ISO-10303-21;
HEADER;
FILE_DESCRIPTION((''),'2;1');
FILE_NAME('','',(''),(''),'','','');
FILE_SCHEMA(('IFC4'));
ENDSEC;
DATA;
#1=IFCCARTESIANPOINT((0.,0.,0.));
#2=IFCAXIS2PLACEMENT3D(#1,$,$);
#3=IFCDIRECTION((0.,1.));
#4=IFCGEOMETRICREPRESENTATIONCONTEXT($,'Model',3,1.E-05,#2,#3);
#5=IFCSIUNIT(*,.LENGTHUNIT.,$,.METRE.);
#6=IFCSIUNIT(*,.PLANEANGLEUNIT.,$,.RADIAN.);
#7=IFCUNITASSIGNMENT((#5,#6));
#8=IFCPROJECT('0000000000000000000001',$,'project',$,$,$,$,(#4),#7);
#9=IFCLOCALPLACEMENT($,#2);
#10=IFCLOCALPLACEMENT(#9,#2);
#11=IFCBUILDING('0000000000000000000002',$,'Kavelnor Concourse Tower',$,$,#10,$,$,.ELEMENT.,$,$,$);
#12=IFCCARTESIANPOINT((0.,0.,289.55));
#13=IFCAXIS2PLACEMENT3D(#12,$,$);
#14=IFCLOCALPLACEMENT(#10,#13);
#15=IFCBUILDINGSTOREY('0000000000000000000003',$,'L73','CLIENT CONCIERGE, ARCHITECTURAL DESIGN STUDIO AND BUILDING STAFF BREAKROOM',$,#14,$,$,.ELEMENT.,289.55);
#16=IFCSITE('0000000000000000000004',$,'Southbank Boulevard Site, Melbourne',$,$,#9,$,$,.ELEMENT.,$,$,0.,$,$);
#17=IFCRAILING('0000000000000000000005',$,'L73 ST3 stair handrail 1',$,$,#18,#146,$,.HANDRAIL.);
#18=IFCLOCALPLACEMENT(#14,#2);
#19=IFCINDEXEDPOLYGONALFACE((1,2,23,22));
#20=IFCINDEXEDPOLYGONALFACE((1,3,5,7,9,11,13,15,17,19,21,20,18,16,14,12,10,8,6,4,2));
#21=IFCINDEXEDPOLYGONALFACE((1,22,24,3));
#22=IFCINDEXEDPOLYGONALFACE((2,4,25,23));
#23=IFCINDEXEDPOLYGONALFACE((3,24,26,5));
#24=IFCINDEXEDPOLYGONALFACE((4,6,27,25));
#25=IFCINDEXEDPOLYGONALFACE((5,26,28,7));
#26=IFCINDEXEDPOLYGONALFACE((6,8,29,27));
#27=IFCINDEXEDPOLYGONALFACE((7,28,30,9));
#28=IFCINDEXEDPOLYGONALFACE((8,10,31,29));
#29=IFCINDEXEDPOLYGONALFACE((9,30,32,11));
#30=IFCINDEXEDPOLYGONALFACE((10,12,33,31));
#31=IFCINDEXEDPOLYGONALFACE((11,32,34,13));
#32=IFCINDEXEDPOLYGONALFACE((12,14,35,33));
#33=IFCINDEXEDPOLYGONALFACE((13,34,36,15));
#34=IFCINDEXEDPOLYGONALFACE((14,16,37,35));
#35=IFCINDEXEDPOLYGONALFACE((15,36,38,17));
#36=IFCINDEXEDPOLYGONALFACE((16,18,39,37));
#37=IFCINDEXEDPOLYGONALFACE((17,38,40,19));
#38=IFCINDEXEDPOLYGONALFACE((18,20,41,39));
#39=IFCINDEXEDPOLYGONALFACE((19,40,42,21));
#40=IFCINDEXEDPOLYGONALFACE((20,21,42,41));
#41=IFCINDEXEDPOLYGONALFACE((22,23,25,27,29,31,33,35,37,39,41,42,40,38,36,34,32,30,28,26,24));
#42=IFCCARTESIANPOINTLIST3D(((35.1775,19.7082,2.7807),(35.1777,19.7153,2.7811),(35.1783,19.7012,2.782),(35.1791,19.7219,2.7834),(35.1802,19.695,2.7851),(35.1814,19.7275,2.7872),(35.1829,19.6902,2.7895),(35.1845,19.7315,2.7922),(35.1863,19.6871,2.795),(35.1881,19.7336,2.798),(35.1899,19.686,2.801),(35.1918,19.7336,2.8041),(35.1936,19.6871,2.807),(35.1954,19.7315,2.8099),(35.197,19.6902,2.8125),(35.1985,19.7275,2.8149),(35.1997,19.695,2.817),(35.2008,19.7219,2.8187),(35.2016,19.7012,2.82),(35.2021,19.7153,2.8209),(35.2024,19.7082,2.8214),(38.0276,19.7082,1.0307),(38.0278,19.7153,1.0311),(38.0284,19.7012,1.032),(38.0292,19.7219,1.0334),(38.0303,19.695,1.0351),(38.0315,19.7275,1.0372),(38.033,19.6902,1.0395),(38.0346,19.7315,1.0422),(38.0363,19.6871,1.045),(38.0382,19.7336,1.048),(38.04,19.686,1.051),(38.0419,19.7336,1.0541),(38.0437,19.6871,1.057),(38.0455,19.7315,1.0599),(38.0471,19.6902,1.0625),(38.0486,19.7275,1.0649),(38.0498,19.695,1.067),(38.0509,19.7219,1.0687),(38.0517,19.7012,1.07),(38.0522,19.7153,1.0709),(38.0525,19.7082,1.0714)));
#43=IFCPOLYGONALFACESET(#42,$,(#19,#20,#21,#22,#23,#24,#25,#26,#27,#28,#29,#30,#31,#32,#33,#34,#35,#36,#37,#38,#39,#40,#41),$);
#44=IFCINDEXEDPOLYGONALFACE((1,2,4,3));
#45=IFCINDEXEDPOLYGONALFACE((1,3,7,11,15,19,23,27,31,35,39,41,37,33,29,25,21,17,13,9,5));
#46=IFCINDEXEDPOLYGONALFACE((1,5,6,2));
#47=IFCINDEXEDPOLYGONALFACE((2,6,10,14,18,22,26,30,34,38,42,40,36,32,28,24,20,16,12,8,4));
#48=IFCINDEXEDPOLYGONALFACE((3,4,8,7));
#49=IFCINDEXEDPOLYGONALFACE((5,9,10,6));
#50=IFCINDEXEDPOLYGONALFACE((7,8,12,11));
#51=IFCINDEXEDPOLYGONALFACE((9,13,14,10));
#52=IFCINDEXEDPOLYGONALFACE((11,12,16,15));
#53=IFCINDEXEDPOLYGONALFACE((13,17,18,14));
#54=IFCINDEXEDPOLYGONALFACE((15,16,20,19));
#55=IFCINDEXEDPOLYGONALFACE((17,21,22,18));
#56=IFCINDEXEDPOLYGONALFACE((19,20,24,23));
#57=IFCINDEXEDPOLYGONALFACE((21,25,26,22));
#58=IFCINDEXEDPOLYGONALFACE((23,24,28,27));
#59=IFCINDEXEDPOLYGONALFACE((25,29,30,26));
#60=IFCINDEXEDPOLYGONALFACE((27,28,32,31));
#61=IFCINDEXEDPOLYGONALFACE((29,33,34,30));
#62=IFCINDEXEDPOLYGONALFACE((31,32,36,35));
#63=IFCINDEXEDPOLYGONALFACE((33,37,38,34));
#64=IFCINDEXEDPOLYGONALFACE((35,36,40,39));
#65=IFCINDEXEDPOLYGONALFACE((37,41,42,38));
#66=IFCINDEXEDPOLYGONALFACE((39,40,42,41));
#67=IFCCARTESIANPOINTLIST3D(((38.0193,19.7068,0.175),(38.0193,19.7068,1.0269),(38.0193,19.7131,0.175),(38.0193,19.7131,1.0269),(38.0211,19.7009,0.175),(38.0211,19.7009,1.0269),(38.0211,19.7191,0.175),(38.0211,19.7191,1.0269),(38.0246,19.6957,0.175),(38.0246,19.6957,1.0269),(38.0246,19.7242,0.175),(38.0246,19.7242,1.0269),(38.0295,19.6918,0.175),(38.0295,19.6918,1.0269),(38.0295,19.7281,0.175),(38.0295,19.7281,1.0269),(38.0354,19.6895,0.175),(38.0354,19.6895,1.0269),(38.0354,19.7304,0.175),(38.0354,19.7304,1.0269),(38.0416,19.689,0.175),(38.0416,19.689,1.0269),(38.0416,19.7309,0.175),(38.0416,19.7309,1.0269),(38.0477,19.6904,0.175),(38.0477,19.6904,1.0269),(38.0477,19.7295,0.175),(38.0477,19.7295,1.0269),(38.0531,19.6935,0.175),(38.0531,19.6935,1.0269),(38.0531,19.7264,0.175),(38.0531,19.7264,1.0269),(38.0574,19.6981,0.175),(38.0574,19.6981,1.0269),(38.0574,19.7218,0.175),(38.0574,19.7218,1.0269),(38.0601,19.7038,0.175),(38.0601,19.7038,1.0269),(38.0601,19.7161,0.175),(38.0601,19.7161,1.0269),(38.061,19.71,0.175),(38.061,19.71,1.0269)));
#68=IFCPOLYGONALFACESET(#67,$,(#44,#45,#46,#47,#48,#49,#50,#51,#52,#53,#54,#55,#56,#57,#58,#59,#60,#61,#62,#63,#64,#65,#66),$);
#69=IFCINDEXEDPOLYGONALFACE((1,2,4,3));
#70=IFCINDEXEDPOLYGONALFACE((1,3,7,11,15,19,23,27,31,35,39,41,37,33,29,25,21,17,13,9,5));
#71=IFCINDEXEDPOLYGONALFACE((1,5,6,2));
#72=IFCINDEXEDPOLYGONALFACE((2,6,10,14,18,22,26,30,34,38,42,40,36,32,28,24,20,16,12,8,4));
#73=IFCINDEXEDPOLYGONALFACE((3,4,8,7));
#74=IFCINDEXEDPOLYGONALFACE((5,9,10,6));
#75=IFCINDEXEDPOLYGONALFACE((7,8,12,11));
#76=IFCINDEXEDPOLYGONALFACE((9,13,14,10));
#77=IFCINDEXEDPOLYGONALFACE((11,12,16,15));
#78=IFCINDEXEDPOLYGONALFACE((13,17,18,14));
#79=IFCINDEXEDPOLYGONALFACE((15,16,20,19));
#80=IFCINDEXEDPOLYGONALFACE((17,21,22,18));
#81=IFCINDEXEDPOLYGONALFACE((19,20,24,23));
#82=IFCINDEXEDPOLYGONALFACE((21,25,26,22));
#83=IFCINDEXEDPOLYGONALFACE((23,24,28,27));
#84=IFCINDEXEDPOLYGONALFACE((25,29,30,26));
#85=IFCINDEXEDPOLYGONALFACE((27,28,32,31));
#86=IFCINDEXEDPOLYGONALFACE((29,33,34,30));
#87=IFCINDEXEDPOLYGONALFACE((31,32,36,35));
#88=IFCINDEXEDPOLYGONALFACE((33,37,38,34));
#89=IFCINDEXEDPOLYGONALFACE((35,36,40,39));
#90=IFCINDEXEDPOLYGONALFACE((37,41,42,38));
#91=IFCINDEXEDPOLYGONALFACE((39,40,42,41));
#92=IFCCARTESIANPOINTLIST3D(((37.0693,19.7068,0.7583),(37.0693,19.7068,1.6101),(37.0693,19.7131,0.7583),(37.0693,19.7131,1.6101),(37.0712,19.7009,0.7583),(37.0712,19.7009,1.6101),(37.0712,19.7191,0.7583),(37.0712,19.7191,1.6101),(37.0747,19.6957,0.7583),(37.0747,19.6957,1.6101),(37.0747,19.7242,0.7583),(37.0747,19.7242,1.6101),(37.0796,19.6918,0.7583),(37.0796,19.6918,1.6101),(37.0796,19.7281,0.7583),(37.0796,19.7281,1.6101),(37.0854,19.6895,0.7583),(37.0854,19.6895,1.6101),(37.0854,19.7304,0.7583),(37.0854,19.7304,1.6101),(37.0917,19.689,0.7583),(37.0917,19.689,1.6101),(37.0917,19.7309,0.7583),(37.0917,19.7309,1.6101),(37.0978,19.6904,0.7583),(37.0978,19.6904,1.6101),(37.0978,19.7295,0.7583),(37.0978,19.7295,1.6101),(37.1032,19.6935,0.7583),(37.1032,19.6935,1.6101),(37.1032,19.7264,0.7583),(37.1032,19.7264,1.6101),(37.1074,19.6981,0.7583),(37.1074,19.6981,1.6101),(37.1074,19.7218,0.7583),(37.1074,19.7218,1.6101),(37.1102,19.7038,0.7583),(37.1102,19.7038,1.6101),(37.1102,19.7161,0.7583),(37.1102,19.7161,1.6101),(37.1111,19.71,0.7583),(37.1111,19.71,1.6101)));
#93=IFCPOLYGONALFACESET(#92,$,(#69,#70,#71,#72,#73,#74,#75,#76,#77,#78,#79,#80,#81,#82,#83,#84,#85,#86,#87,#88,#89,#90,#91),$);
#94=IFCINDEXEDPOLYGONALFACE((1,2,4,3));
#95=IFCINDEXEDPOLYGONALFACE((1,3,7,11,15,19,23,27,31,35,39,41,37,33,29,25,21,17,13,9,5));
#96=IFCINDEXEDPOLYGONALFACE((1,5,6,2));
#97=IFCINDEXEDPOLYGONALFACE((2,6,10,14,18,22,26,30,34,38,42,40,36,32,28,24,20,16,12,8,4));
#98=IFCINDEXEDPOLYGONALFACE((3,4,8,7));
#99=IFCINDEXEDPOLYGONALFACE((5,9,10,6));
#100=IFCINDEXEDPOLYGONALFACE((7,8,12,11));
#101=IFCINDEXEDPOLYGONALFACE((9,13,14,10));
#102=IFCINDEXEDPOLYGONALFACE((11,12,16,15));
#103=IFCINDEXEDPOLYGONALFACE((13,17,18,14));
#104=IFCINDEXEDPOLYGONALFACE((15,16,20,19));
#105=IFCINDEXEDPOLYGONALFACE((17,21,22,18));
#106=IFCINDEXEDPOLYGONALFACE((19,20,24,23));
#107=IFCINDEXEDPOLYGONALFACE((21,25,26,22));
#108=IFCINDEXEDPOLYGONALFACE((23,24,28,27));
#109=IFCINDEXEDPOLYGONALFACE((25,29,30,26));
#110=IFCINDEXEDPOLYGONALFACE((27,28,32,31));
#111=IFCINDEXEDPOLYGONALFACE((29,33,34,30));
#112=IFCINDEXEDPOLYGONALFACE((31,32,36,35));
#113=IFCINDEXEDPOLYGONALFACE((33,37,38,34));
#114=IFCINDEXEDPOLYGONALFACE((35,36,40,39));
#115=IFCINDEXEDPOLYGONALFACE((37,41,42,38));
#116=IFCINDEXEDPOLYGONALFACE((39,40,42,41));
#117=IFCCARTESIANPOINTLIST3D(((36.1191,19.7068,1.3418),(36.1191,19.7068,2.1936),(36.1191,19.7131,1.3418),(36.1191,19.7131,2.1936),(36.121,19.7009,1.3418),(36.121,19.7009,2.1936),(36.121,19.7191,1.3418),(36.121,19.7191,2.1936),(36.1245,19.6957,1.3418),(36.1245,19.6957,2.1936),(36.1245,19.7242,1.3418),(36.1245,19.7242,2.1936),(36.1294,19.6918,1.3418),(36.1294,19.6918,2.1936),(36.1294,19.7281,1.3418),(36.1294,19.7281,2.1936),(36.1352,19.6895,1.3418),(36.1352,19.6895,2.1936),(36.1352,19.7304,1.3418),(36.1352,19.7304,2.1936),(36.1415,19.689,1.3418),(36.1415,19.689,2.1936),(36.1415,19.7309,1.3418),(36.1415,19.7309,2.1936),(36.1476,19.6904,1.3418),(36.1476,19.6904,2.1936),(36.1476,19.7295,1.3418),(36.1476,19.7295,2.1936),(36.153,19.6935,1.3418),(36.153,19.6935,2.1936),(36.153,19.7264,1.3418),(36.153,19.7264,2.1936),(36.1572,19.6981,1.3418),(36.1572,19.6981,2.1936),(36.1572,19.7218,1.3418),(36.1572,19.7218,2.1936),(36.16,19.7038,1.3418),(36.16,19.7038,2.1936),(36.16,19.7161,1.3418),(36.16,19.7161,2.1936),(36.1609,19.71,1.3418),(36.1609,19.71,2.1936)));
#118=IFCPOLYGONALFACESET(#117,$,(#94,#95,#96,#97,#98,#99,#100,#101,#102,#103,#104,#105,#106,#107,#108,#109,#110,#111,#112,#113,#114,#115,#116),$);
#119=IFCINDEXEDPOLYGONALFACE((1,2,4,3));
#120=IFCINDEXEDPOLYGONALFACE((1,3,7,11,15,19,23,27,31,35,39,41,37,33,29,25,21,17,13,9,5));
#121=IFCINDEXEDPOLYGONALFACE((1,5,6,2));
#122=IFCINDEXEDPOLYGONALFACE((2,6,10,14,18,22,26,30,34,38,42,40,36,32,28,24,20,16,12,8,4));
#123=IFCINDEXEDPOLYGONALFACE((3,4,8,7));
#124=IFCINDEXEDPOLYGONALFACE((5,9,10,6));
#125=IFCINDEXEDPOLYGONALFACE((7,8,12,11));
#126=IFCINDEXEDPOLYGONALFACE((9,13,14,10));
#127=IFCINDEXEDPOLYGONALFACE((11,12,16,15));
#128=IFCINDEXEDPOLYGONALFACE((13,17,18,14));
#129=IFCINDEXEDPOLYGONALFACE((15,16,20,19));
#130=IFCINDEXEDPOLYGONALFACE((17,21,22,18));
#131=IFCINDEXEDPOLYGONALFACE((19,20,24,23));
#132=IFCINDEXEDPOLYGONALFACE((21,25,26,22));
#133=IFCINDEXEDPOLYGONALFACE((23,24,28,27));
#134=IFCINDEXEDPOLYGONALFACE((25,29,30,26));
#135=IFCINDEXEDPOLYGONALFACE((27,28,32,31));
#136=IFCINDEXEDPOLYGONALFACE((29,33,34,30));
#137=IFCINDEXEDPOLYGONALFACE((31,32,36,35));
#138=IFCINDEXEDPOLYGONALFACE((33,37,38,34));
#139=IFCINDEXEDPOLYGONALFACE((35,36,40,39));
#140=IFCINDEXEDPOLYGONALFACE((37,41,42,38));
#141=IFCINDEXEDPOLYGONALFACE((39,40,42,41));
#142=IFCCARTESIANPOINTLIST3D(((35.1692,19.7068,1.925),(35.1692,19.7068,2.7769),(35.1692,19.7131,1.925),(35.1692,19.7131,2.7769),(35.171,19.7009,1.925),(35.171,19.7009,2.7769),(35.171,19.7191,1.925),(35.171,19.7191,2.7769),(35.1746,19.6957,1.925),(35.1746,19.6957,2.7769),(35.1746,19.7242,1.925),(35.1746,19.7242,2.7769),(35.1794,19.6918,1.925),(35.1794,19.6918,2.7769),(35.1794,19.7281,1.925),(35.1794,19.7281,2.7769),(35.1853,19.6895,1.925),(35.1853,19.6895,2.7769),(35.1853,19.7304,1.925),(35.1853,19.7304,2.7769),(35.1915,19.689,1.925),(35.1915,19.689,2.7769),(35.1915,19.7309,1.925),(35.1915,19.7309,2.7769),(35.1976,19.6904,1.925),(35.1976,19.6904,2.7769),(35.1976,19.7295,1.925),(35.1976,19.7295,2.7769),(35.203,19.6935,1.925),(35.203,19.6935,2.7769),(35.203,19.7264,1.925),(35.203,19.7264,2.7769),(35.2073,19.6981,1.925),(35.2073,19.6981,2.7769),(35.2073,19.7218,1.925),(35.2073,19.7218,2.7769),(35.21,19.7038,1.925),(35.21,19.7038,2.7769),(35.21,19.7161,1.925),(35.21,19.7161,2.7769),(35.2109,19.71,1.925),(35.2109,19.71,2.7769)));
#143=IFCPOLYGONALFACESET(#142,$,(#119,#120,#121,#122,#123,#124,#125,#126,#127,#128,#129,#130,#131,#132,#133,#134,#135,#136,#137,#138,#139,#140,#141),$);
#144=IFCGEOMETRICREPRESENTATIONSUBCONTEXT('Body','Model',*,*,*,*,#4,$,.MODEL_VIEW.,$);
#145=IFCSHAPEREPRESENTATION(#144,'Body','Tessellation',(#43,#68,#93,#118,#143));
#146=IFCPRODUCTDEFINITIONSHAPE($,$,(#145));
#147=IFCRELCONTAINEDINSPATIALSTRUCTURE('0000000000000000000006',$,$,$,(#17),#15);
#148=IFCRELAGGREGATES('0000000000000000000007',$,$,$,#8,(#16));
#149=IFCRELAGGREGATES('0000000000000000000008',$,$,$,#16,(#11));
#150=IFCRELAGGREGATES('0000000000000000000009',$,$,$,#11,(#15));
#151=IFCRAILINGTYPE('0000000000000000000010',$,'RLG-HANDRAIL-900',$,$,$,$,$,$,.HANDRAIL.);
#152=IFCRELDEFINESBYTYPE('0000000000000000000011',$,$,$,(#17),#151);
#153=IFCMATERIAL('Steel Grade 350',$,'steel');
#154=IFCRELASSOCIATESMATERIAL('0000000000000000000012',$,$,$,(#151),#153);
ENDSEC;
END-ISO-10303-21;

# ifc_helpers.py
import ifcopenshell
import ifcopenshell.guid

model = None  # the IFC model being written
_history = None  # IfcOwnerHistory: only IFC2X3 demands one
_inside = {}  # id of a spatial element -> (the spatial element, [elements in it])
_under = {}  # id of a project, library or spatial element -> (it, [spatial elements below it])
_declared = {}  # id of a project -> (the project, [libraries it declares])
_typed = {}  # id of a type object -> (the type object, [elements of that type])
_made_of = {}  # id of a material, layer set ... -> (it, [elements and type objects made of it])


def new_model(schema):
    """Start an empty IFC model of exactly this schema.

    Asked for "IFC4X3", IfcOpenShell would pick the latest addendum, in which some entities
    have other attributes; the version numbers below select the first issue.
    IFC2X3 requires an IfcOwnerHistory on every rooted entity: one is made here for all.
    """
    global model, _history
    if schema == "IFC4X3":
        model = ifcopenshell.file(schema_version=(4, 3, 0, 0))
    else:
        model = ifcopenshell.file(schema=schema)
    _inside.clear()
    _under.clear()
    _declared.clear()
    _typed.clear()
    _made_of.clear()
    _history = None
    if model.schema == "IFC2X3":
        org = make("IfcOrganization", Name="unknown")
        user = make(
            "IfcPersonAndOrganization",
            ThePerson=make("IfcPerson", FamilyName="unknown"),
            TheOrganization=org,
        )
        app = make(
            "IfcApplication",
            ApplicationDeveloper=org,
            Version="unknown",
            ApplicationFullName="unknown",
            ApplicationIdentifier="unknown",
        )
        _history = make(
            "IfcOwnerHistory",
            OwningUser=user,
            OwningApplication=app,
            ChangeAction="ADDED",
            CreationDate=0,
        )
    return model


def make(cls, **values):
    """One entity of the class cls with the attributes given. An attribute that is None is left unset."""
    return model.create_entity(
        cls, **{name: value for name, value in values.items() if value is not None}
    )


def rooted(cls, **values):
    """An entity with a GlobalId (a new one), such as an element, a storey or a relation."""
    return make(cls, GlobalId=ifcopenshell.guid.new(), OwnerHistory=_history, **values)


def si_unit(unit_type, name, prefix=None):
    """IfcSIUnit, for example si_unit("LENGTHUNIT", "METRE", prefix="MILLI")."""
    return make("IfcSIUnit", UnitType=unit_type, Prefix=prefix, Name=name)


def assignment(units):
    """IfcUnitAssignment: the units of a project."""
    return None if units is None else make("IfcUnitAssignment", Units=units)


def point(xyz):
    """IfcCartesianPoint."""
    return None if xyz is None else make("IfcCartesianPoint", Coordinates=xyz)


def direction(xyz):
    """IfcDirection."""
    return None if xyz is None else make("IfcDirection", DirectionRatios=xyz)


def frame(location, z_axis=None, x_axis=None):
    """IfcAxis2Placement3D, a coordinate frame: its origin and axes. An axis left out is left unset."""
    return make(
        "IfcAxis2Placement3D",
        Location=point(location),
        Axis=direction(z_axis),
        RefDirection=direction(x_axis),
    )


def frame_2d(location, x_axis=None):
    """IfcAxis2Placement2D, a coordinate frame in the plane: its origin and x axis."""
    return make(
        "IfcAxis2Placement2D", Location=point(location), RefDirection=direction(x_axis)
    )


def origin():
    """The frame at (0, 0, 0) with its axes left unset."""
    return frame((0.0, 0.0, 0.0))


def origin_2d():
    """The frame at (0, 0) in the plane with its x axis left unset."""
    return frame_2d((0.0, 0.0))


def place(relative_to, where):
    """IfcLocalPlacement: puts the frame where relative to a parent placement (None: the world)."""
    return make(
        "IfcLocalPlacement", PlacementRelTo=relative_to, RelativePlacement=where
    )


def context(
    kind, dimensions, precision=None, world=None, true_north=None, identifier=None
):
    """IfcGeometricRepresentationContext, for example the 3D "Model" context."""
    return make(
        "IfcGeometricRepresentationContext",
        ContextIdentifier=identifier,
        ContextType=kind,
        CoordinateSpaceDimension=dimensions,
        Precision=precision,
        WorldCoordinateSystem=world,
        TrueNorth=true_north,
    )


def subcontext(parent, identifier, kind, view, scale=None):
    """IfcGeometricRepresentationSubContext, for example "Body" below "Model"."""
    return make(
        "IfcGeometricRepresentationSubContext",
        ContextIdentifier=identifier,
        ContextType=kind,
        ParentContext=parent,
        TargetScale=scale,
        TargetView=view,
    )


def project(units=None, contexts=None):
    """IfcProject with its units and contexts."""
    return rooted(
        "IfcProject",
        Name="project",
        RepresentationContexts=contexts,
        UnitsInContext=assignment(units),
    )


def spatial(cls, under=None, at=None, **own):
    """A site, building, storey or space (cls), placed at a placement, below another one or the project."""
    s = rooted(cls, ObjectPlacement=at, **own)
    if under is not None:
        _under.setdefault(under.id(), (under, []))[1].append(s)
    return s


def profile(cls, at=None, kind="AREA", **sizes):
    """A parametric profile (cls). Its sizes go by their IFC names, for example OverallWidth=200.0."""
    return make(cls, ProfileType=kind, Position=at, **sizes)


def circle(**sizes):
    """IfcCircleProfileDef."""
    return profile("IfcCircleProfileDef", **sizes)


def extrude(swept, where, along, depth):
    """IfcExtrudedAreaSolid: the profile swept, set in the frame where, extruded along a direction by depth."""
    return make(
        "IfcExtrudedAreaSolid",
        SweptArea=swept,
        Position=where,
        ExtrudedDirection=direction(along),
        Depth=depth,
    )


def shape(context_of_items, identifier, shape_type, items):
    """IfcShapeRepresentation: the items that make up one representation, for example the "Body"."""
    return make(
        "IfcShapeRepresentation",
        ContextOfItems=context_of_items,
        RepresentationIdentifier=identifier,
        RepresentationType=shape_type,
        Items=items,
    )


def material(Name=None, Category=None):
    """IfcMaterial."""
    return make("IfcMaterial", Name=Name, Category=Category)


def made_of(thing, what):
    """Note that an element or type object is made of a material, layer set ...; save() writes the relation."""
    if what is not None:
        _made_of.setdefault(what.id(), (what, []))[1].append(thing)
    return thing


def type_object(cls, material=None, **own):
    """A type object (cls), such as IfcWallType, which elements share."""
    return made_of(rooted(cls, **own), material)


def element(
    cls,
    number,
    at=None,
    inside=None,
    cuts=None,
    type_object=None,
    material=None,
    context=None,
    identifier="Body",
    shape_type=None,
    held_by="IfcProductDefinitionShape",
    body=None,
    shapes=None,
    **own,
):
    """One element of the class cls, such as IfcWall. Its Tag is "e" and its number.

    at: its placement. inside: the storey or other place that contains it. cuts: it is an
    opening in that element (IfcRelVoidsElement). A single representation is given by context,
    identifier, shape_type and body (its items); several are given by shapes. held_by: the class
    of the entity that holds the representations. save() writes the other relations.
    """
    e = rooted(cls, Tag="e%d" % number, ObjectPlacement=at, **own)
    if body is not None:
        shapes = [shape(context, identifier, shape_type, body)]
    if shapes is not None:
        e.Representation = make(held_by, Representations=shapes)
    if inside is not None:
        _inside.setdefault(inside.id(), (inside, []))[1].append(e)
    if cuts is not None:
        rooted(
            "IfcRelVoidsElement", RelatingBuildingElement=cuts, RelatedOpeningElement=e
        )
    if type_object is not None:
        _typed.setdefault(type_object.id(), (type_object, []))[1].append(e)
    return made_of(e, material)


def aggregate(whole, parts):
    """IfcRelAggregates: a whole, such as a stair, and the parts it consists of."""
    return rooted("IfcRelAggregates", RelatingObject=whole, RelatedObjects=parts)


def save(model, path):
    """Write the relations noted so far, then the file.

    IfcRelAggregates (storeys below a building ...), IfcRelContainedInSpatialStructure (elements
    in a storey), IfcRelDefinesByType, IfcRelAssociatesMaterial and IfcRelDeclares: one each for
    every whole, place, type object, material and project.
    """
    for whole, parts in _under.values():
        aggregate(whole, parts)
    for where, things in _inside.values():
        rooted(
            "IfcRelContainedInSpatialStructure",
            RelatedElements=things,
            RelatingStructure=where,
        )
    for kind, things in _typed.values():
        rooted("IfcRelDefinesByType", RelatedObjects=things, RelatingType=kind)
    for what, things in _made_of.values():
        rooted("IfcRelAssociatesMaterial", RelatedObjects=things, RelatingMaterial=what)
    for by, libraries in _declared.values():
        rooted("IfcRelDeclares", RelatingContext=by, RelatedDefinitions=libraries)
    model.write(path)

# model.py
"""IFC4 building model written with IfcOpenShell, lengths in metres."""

from ifc_helpers import new_model, si_unit, direction, frame, origin, origin_2d, place, context, subcontext, project, spatial, circle, extrude, material, type_object, element, save


model = new_model("IFC4")

# Units and contexts
model_context = context("Model", 3, precision=1e-05, world=origin(), true_north=direction((0.0, 1.0)))
body_context = subcontext(model_context, "Body", "Model", "MODEL_VIEW")
ifc_project = project(units=[si_unit("LENGTHUNIT", "METRE"), si_unit("PLANEANGLEUNIT", "RADIAN")], contexts=[model_context])

# Site, building, storey
site_placement = place(None, origin())
site = spatial("IfcSite", under=ifc_project, at=site_placement, Name="Southbank Boulevard Site, Melbourne", CompositionType="ELEMENT", RefElevation=0.0)
building_placement = place(site_placement, origin())
building = spatial("IfcBuilding", under=site, at=building_placement, Name="Kavelnor Concourse Tower", CompositionType="ELEMENT")
storey_placement = place(building_placement, frame((0.0, 0.0, 289.55)))
storey = spatial("IfcBuildingStorey", under=building, at=storey_placement, Name="L73", Description="CLIENT CONCIERGE, ARCHITECTURAL DESIGN STUDIO AND BUILDING STAFF BREAKROOM", CompositionType="ELEMENT", Elevation=289.55)

# Shared definitions
ifc_material_1 = material(Name="Steel Grade 350", Category="steel")

# Railing
railing_type_1 = type_object("IfcRailingType", Name="RLG-HANDRAIL-900", PredefinedType="HANDRAIL", material=ifc_material_1)
railing_1_placement = place(storey_placement, frame((38.04, 19.71, 0.175)))
element("IfcRailing", 1, at=railing_1_placement, inside=storey, type_object=railing_type_1, Name="L73 ST3 stair handrail 1", PredefinedType="HANDRAIL", context=body_context, shape_type="SweptSolid", body=[
    extrude(circle(Radius=0.0239, at=origin_2d()), frame((0.0, 0.0, 0.876), z_axis=(-0.852179, 0.0, 0.52325), x_axis=(0.0, -1.0, 0.0)), (0.0, 0.0, 1.0), 3.3445),
    extrude(circle(Radius=0.021, at=origin_2d()), origin(), (0.0, 0.0, 1.0), 0.8518),
    extrude(circle(Radius=0.021, at=origin_2d()), frame((-0.95, 0.0, 0.5833)), (0.0, 0.0, 1.0), 0.8518),
    extrude(circle(Radius=0.021, at=origin_2d()), frame((-1.9001, 0.0, 1.1667)), (0.0, 0.0, 1.0), 0.8518),
    extrude(circle(Radius=0.021, at=origin_2d()), frame((-2.8501, 0.0, 1.75)), (0.0, 0.0, 1.0), 0.8518),
])

save(model, "model.ifc")
